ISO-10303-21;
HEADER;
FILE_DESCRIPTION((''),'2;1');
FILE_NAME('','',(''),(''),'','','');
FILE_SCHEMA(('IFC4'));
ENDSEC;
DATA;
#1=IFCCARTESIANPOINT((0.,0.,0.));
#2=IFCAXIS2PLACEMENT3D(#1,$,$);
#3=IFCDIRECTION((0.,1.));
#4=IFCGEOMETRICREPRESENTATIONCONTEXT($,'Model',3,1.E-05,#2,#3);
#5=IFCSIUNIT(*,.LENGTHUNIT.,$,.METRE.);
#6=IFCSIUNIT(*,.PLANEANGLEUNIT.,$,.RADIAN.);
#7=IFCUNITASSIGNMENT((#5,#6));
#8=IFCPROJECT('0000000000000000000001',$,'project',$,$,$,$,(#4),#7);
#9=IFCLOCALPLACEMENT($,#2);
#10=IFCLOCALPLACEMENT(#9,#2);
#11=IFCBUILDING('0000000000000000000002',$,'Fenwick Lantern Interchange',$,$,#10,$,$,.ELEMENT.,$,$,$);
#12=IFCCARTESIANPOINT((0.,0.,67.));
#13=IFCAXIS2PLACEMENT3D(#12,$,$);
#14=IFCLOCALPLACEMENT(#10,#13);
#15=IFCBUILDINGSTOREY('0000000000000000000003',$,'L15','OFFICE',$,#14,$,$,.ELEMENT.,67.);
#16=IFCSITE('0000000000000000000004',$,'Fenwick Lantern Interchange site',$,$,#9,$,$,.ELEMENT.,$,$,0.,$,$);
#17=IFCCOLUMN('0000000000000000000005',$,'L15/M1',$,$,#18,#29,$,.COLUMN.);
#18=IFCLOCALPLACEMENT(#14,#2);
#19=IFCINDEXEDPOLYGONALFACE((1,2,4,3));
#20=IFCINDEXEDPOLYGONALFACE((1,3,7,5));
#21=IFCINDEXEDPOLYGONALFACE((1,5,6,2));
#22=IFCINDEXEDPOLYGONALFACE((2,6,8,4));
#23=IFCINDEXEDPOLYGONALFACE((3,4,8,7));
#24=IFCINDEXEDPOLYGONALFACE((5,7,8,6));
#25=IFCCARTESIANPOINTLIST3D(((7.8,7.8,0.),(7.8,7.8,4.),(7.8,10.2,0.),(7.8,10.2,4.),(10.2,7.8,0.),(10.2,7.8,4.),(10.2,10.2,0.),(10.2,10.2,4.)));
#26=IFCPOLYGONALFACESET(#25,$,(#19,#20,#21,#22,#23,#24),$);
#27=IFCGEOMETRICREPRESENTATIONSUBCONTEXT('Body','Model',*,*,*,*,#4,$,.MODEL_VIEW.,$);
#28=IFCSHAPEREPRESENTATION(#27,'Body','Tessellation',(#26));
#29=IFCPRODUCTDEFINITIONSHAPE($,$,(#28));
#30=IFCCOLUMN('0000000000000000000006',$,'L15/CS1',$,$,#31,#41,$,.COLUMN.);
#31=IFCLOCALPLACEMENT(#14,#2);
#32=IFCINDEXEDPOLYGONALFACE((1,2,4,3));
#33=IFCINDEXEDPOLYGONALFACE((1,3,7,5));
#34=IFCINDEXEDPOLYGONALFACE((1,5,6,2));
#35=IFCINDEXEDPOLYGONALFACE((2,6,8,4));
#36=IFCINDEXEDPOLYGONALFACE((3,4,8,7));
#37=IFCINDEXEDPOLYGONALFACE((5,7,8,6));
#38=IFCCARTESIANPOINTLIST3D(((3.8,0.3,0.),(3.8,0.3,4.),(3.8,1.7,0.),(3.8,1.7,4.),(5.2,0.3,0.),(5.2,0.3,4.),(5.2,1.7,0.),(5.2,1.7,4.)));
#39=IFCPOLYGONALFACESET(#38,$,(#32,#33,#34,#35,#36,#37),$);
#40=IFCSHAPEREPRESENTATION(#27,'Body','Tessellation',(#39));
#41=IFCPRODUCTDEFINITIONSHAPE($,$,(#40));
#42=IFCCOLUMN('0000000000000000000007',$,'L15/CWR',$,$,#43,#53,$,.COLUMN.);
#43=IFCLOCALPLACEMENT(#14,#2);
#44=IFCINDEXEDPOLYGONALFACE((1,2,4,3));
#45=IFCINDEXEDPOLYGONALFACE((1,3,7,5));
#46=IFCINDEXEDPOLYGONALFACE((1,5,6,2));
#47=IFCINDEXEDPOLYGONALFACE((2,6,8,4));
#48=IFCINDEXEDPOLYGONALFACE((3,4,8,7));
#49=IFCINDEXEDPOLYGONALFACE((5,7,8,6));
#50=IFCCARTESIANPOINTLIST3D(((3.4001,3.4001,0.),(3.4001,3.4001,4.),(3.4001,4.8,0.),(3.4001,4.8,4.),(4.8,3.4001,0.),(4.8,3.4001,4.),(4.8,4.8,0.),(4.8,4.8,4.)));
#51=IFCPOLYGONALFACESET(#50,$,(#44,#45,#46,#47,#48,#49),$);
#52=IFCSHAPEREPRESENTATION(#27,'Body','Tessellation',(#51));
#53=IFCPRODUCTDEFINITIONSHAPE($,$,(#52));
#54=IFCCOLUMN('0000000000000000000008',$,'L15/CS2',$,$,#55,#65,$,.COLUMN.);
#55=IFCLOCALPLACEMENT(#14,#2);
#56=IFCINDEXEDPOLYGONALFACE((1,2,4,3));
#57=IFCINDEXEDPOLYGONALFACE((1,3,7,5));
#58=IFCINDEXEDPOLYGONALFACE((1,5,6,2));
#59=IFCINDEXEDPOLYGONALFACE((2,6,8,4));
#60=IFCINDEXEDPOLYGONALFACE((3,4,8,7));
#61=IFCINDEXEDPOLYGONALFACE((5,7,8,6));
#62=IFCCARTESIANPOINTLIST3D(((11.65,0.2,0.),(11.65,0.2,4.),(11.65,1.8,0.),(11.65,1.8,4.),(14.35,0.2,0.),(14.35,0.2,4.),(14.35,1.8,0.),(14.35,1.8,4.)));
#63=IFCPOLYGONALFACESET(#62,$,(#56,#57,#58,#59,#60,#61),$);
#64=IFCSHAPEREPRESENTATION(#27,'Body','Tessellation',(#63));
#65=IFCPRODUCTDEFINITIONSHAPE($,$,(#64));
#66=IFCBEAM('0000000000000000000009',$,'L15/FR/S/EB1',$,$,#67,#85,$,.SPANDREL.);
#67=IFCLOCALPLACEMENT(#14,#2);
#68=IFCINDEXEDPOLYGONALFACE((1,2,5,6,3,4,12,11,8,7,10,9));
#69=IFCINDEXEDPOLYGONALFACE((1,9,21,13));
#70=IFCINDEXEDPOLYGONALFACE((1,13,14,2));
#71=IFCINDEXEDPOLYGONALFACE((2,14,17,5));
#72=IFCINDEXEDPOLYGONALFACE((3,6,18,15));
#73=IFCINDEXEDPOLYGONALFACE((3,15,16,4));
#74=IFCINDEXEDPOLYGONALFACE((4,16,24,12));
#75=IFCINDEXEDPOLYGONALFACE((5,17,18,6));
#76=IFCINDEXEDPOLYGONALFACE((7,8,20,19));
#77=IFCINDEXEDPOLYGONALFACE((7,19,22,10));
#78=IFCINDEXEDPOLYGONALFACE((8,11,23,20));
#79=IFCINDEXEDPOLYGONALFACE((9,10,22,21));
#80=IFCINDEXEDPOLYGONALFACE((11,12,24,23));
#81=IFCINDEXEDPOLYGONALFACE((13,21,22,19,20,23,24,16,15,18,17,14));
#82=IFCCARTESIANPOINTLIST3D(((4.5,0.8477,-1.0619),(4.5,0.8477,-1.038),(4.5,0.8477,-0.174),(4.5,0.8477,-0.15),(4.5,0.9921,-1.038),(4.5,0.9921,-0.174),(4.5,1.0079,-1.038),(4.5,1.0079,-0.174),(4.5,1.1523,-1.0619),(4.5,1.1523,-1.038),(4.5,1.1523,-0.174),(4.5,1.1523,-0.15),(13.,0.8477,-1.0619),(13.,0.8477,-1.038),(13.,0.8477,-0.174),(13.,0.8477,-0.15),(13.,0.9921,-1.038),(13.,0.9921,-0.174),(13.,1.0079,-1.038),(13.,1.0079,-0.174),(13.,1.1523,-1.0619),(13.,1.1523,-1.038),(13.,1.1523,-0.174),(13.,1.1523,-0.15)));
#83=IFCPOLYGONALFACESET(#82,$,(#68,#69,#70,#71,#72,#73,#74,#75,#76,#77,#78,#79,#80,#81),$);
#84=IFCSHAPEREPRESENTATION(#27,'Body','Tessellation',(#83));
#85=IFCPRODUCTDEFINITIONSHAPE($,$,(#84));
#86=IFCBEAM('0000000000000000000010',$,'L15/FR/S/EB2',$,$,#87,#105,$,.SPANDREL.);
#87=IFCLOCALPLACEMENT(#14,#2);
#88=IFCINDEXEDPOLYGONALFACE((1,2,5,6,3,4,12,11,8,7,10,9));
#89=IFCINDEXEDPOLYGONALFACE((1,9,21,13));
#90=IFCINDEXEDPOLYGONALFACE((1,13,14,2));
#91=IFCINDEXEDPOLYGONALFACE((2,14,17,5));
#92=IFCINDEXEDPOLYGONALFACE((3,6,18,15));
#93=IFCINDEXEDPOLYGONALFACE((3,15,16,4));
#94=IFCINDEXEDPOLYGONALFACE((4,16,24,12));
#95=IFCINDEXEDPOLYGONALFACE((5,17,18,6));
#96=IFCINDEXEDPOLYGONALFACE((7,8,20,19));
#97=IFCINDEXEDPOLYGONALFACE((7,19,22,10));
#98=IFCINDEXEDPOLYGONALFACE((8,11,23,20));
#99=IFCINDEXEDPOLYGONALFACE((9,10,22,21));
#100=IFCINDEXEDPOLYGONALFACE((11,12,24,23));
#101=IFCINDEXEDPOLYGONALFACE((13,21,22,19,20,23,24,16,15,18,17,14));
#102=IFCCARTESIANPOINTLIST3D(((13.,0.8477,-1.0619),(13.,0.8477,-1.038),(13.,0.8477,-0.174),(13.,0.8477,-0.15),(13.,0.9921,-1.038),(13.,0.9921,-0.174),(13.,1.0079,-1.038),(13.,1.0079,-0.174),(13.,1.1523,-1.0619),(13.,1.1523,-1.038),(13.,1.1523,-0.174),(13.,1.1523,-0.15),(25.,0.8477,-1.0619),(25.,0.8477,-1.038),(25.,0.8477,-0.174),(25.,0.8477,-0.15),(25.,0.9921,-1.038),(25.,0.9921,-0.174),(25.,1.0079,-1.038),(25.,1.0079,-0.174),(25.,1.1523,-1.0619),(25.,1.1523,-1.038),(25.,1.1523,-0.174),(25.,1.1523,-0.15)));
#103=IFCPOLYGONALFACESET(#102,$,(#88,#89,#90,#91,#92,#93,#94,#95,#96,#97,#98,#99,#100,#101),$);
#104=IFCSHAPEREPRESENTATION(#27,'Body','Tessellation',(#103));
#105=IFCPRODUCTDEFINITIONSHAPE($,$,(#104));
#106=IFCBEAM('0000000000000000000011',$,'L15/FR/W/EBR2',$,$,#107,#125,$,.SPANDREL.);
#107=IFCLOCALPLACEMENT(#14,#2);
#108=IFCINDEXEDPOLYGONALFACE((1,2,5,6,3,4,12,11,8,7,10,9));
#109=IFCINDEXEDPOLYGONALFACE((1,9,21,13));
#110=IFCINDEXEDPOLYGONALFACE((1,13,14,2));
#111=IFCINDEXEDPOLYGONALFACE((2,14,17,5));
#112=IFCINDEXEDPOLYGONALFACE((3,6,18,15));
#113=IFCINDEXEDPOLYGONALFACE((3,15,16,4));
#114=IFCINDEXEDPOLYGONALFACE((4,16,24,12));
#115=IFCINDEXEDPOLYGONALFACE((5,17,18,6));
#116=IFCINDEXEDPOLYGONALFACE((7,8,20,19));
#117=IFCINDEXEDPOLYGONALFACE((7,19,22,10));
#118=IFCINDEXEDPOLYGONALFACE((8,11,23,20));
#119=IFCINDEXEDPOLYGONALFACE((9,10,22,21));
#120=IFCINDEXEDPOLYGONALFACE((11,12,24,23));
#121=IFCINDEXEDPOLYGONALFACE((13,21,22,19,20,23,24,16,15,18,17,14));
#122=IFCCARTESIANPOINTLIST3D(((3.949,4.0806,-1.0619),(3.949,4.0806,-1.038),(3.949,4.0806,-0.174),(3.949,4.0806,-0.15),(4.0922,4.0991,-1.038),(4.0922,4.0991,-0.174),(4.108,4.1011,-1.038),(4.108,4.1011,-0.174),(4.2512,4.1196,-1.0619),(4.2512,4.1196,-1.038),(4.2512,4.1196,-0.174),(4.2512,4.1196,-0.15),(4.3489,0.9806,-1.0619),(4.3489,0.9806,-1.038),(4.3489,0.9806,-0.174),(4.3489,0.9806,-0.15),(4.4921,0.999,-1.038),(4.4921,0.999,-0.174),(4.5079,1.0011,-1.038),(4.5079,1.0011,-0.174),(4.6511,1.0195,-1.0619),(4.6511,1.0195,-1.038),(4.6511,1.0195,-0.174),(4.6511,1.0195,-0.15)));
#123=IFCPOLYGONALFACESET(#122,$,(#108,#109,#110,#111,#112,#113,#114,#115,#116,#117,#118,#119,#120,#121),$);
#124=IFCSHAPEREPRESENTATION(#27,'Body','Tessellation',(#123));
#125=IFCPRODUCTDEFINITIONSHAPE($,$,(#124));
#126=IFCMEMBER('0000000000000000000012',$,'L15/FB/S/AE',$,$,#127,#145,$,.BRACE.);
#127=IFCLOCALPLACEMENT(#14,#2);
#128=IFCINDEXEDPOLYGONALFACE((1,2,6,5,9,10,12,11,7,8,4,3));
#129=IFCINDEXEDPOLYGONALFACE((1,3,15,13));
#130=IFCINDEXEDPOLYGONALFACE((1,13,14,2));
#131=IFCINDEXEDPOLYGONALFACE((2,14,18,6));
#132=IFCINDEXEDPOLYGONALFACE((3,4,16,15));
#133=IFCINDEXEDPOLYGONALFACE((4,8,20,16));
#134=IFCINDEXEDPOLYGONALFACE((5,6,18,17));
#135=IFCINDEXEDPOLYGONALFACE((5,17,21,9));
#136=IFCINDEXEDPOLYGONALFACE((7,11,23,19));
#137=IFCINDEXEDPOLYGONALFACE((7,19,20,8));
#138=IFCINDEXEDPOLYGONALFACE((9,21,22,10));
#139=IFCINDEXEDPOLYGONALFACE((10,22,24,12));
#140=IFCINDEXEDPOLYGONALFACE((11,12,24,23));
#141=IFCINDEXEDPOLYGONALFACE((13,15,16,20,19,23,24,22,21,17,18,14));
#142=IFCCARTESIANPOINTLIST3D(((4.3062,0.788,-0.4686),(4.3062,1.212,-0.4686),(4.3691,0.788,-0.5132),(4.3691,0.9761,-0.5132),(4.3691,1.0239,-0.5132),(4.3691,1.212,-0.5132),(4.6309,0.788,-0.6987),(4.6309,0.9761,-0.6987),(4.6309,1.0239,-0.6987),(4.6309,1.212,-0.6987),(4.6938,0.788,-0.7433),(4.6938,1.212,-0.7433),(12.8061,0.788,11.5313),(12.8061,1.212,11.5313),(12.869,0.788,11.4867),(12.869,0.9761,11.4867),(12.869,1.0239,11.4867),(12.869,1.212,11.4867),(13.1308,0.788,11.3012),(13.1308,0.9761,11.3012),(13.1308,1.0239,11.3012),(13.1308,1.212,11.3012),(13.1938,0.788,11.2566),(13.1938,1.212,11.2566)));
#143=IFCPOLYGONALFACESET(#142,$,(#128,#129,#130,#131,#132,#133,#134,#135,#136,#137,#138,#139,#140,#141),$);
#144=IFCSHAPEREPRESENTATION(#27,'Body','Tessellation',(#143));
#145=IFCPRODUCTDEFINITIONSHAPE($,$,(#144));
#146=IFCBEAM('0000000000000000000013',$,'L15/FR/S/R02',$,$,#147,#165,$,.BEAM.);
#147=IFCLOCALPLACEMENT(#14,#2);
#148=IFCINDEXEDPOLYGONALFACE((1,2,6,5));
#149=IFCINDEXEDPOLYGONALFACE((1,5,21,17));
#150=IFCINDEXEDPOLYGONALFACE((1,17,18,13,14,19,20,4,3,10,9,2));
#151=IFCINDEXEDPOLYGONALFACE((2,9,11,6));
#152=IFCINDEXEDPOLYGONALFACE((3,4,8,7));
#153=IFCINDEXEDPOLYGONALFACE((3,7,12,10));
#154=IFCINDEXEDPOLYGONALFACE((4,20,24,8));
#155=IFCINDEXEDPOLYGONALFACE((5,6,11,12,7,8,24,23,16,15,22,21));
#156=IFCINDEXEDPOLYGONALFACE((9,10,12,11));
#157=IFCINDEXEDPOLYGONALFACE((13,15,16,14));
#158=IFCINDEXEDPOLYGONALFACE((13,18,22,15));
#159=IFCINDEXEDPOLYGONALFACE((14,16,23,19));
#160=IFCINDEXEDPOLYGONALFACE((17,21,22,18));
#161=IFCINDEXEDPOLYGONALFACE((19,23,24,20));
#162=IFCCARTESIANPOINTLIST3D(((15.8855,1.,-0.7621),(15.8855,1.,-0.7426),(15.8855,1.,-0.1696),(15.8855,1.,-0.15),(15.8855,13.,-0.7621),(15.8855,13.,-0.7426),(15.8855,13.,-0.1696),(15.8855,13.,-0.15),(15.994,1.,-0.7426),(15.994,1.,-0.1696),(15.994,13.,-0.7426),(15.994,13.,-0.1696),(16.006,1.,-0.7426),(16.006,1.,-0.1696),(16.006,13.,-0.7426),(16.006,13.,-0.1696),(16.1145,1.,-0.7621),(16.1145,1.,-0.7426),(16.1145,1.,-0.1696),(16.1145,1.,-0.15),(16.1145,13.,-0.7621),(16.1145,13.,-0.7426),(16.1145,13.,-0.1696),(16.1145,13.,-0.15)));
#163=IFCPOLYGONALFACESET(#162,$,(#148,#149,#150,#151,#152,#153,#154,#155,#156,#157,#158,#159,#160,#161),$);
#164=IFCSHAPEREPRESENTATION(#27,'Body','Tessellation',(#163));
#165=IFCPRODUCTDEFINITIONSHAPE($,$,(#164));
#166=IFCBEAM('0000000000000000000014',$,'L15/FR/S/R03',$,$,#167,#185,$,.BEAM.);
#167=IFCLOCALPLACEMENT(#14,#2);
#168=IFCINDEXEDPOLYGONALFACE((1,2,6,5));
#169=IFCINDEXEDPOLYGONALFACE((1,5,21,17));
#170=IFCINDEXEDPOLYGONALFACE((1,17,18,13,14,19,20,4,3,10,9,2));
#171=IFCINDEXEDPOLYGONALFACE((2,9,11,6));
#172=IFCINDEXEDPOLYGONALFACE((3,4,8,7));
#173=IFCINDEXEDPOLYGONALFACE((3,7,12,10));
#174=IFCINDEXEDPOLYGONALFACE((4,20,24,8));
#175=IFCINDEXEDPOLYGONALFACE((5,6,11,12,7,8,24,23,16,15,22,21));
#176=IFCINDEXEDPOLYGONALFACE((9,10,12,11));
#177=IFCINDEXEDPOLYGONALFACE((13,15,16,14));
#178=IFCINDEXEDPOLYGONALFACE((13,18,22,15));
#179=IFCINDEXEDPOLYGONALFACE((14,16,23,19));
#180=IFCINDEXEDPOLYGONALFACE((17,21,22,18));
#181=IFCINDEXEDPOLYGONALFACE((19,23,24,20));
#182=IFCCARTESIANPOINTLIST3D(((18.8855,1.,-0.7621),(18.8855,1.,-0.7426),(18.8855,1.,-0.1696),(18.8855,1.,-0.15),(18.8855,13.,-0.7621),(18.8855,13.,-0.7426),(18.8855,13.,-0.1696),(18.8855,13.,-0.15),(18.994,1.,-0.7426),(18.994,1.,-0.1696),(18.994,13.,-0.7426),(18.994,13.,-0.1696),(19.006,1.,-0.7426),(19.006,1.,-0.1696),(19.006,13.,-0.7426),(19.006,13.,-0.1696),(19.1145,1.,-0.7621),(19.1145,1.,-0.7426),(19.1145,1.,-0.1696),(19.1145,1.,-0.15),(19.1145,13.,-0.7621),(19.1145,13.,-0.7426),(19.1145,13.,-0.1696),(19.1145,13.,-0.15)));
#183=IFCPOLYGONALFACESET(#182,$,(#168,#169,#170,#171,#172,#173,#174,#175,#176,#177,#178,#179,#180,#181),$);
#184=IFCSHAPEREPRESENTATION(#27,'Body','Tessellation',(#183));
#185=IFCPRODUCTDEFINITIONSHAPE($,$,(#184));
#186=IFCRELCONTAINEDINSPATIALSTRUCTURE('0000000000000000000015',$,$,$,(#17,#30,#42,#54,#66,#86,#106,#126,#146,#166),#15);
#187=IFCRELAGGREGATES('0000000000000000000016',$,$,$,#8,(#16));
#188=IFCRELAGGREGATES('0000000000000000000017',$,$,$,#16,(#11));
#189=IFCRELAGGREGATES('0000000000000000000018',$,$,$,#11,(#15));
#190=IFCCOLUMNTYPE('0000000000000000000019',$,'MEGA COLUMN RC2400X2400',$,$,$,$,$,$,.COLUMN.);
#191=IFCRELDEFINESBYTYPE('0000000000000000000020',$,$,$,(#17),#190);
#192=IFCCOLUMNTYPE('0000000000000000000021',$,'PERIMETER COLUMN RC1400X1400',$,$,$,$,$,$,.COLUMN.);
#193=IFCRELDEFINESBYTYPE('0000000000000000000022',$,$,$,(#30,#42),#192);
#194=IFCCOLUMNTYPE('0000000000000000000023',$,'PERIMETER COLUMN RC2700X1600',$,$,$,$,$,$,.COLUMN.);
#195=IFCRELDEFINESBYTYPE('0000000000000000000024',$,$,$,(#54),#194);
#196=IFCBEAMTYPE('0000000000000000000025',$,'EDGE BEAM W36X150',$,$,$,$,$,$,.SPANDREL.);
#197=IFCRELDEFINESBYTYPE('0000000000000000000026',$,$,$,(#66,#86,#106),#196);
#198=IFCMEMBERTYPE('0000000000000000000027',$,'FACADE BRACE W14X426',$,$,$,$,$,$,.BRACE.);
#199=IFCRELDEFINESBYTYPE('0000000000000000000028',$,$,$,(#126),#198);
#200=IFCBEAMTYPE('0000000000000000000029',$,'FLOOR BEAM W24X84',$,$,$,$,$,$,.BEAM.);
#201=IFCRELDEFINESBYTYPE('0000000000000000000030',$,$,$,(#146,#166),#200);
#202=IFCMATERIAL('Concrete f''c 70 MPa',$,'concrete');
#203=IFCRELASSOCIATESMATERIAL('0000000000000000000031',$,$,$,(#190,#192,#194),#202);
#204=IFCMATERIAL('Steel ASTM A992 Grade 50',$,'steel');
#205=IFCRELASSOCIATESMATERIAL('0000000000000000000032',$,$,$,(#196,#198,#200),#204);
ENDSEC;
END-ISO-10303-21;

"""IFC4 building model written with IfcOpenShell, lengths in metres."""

from ifc_helpers import new_model, si_unit, direction, frame, origin, origin_2d, place, context, subcontext, project, spatial, rectangle, i_section, extrude, material, material_profile, profile_set, type_object, element, save


model = new_model("IFC4")

# Units and contexts
model_context = context("Model", 3, precision=1e-05, world=origin(), true_north=direction((0.0, 1.0)))
body_context = subcontext(model_context, "Body", "Model", "MODEL_VIEW")
ifc_project = project(units=[si_unit("LENGTHUNIT", "METRE"), si_unit("PLANEANGLEUNIT", "RADIAN")], contexts=[model_context])

# Site, building, storey
site_placement = place(None, origin())
site = spatial("IfcSite", under=ifc_project, at=site_placement, Name="Fenwick Lantern Interchange site", CompositionType="ELEMENT", RefElevation=0.0)
building_placement = place(site_placement, origin())
building = spatial("IfcBuilding", under=site, at=building_placement, Name="Fenwick Lantern Interchange", CompositionType="ELEMENT")
storey_placement = place(building_placement, frame((0.0, 0.0, 67.0)))
storey = spatial("IfcBuildingStorey", under=building, at=storey_placement, Name="L15", Description="OFFICE", CompositionType="ELEMENT", Elevation=67.0)

# Columns
ifc_material_1 = material(Name="Concrete f'c 70 MPa", Category="concrete")
ifc_material_profile_1 = material_profile(ifc_material_1, rectangle(XDim=2.3999, YDim=2.3999, at=origin_2d()), Name="RC2400X2400")
ifc_profile_set_1 = profile_set([ifc_material_profile_1], Name="Concrete f'c 70 MPa")
column_type_1 = type_object("IfcColumnType", Name="MEGA COLUMN RC2400X2400", PredefinedType="COLUMN", material=ifc_profile_set_1)
column_1_placement = place(storey_placement, frame((9.0, 9.0, 0.0), z_axis=(0.0, 0.0, 1.0), x_axis=(1.0, 0.0, 0.0)))
element("IfcColumn", 1, at=column_1_placement, inside=storey, type_object=column_type_1, Name="L15/M1", PredefinedType="COLUMN", context=body_context, shape_type="SweptSolid", body=[
    extrude(rectangle(XDim=2.3999, YDim=2.3999, at=origin_2d()), origin(), (0.0, 0.0, 1.0), 4.0),
])
ifc_material_profile_2 = material_profile(ifc_material_1, rectangle(XDim=1.3999, YDim=1.3999, at=origin_2d()), Name="RC1400X1400")
ifc_profile_set_2 = profile_set([ifc_material_profile_2], Name="Concrete f'c 70 MPa")
column_type_2 = type_object("IfcColumnType", Name="PERIMETER COLUMN RC1400X1400", PredefinedType="COLUMN", material=ifc_profile_set_2)
for number, where, z_axis, x_axis, name in (
    (2, (4.5, 1.0, 0.0), (0.0, 0.0, 1.0), (1.0, 0.0, 0.0), "L15/CS1"),
    (3, (4.1001, 4.1001, 0.0), (0.0, 0.0, 1.0), (1.0, 0.0, 0.0), "L15/CWR"),
):
    element("IfcColumn", number, at=place(storey_placement, frame(where, z_axis=z_axis, x_axis=x_axis)), inside=storey, type_object=column_type_2, Name=name, PredefinedType="COLUMN", context=body_context, shape_type="SweptSolid", body=[
        extrude(rectangle(XDim=1.3999, YDim=1.3999, at=origin_2d()), origin(), (0.0, 0.0, 1.0), 4.0),
    ])
ifc_material_profile_3 = material_profile(ifc_material_1, rectangle(XDim=2.7, YDim=1.6001, at=origin_2d()), Name="RC2700X1600")
ifc_profile_set_3 = profile_set([ifc_material_profile_3], Name="Concrete f'c 70 MPa")
column_type_3 = type_object("IfcColumnType", Name="PERIMETER COLUMN RC2700X1600", PredefinedType="COLUMN", material=ifc_profile_set_3)
column_2_placement = place(storey_placement, frame((13.0, 1.0, 0.0), z_axis=(0.0, 0.0, 1.0), x_axis=(1.0, 0.0, 0.0)))
element("IfcColumn", 4, at=column_2_placement, inside=storey, type_object=column_type_3, Name="L15/CS2", PredefinedType="COLUMN", context=body_context, shape_type="SweptSolid", body=[
    extrude(rectangle(XDim=2.7, YDim=1.6001, at=origin_2d()), origin(), (0.0, 0.0, 1.0), 4.0),
])

# Beams
ifc_material_2 = material(Name="Steel ASTM A992 Grade 50", Category="steel")
ifc_material_profile_4 = material_profile(ifc_material_2, i_section(OverallWidth=0.3047, OverallDepth=0.9119, WebThickness=0.0159, FlangeThickness=0.0239, at=origin_2d()), Name="W36X150")
ifc_profile_set_4 = profile_set([ifc_material_profile_4], Name="Steel ASTM A992 Grade 50")
beam_type_1 = type_object("IfcBeamType", Name="EDGE BEAM W36X150", PredefinedType="SPANDREL", material=ifc_profile_set_4)
beam_1_placement = place(storey_placement, frame((4.5, 1.0, -0.606), z_axis=(1.0, 0.0, 0.0), x_axis=(0.0, 1.0, 0.0)))
element("IfcBeam", 5, at=beam_1_placement, inside=storey, type_object=beam_type_1, Name="L15/FR/S/EB1", PredefinedType="SPANDREL", context=body_context, shape_type="SweptSolid", body=[
    extrude(i_section(OverallWidth=0.3047, OverallDepth=0.9119, WebThickness=0.0159, FlangeThickness=0.0239, at=origin_2d()), origin(), (0.0, 0.0, 1.0), 8.5),
])
beam_2_placement = place(storey_placement, frame((13.0, 1.0, -0.606), z_axis=(1.0, 0.0, 0.0), x_axis=(0.0, 1.0, 0.0)))
element("IfcBeam", 6, at=beam_2_placement, inside=storey, type_object=beam_type_1, Name="L15/FR/S/EB2", PredefinedType="SPANDREL", context=body_context, shape_type="SweptSolid", body=[
    extrude(i_section(OverallWidth=0.3047, OverallDepth=0.9119, WebThickness=0.0159, FlangeThickness=0.0239, at=origin_2d()), origin(), (0.0, 0.0, 1.0), 12.0),
])
beam_3_placement = place(storey_placement, frame((4.1001, 4.1001, -0.606), z_axis=(0.127937, -0.991782, 0.0), x_axis=(0.991782, 0.127937, 0.0)))
element("IfcBeam", 7, at=beam_3_placement, inside=storey, type_object=beam_type_1, Name="L15/FR/W/EBR2", PredefinedType="SPANDREL", context=body_context, shape_type="SweptSolid", body=[
    extrude(i_section(OverallWidth=0.3047, OverallDepth=0.9119, WebThickness=0.0159, FlangeThickness=0.0239, at=origin_2d()), origin(), (0.0, 0.0, 1.0), 3.1257),
])

# Member
ifc_material_profile_5 = material_profile(ifc_material_2, i_section(OverallWidth=0.4241, OverallDepth=0.4751, WebThickness=0.0479, FlangeThickness=0.0771, at=origin_2d()), Name="W14X426")
ifc_profile_set_5 = profile_set([ifc_material_profile_5], Name="Steel ASTM A992 Grade 50")
member_type_1 = type_object("IfcMemberType", Name="FACADE BRACE W14X426", PredefinedType="BRACE", material=ifc_profile_set_5)
member_1_placement = place(storey_placement, frame((4.5, 1.0, -0.606), z_axis=(0.578017, 0.0, 0.816024), x_axis=(0.0, 1.0, 0.0)))
element("IfcMember", 8, at=member_1_placement, inside=storey, type_object=member_type_1, Name="L15/FB/S/AE", PredefinedType="BRACE", context=body_context, shape_type="SweptSolid", body=[
    extrude(i_section(OverallWidth=0.4241, OverallDepth=0.4751, WebThickness=0.0479, FlangeThickness=0.0771, at=origin_2d()), origin(), (0.0, 0.0, 1.0), 14.7053),
])

# Beams
ifc_material_profile_6 = material_profile(ifc_material_2, i_section(OverallWidth=0.229, OverallDepth=0.6121, WebThickness=0.012, FlangeThickness=0.0195, at=origin_2d()), Name="W24X84")
ifc_profile_set_6 = profile_set([ifc_material_profile_6], Name="Steel ASTM A992 Grade 50")
beam_type_2 = type_object("IfcBeamType", Name="FLOOR BEAM W24X84", PredefinedType="BEAM", material=ifc_profile_set_6)
for number, where, z_axis, x_axis, name in (
    (9, (16.0, 1.0, -0.4561), (0.0, 1.0, 0.0), (-1.0, 0.0, 0.0), "L15/FR/S/R02"),
    (10, (19.0, 1.0, -0.4561), (0.0, 1.0, 0.0), (-1.0, 0.0, 0.0), "L15/FR/S/R03"),
):
    element("IfcBeam", number, at=place(storey_placement, frame(where, z_axis=z_axis, x_axis=x_axis)), inside=storey, type_object=beam_type_2, Name=name, PredefinedType="BEAM", context=body_context, shape_type="SweptSolid", body=[
        extrude(i_section(OverallWidth=0.229, OverallDepth=0.6121, WebThickness=0.012, FlangeThickness=0.0195, at=origin_2d()), origin(), (0.0, 0.0, 1.0), 12.0),
    ])

save(model, "model.ifc")
